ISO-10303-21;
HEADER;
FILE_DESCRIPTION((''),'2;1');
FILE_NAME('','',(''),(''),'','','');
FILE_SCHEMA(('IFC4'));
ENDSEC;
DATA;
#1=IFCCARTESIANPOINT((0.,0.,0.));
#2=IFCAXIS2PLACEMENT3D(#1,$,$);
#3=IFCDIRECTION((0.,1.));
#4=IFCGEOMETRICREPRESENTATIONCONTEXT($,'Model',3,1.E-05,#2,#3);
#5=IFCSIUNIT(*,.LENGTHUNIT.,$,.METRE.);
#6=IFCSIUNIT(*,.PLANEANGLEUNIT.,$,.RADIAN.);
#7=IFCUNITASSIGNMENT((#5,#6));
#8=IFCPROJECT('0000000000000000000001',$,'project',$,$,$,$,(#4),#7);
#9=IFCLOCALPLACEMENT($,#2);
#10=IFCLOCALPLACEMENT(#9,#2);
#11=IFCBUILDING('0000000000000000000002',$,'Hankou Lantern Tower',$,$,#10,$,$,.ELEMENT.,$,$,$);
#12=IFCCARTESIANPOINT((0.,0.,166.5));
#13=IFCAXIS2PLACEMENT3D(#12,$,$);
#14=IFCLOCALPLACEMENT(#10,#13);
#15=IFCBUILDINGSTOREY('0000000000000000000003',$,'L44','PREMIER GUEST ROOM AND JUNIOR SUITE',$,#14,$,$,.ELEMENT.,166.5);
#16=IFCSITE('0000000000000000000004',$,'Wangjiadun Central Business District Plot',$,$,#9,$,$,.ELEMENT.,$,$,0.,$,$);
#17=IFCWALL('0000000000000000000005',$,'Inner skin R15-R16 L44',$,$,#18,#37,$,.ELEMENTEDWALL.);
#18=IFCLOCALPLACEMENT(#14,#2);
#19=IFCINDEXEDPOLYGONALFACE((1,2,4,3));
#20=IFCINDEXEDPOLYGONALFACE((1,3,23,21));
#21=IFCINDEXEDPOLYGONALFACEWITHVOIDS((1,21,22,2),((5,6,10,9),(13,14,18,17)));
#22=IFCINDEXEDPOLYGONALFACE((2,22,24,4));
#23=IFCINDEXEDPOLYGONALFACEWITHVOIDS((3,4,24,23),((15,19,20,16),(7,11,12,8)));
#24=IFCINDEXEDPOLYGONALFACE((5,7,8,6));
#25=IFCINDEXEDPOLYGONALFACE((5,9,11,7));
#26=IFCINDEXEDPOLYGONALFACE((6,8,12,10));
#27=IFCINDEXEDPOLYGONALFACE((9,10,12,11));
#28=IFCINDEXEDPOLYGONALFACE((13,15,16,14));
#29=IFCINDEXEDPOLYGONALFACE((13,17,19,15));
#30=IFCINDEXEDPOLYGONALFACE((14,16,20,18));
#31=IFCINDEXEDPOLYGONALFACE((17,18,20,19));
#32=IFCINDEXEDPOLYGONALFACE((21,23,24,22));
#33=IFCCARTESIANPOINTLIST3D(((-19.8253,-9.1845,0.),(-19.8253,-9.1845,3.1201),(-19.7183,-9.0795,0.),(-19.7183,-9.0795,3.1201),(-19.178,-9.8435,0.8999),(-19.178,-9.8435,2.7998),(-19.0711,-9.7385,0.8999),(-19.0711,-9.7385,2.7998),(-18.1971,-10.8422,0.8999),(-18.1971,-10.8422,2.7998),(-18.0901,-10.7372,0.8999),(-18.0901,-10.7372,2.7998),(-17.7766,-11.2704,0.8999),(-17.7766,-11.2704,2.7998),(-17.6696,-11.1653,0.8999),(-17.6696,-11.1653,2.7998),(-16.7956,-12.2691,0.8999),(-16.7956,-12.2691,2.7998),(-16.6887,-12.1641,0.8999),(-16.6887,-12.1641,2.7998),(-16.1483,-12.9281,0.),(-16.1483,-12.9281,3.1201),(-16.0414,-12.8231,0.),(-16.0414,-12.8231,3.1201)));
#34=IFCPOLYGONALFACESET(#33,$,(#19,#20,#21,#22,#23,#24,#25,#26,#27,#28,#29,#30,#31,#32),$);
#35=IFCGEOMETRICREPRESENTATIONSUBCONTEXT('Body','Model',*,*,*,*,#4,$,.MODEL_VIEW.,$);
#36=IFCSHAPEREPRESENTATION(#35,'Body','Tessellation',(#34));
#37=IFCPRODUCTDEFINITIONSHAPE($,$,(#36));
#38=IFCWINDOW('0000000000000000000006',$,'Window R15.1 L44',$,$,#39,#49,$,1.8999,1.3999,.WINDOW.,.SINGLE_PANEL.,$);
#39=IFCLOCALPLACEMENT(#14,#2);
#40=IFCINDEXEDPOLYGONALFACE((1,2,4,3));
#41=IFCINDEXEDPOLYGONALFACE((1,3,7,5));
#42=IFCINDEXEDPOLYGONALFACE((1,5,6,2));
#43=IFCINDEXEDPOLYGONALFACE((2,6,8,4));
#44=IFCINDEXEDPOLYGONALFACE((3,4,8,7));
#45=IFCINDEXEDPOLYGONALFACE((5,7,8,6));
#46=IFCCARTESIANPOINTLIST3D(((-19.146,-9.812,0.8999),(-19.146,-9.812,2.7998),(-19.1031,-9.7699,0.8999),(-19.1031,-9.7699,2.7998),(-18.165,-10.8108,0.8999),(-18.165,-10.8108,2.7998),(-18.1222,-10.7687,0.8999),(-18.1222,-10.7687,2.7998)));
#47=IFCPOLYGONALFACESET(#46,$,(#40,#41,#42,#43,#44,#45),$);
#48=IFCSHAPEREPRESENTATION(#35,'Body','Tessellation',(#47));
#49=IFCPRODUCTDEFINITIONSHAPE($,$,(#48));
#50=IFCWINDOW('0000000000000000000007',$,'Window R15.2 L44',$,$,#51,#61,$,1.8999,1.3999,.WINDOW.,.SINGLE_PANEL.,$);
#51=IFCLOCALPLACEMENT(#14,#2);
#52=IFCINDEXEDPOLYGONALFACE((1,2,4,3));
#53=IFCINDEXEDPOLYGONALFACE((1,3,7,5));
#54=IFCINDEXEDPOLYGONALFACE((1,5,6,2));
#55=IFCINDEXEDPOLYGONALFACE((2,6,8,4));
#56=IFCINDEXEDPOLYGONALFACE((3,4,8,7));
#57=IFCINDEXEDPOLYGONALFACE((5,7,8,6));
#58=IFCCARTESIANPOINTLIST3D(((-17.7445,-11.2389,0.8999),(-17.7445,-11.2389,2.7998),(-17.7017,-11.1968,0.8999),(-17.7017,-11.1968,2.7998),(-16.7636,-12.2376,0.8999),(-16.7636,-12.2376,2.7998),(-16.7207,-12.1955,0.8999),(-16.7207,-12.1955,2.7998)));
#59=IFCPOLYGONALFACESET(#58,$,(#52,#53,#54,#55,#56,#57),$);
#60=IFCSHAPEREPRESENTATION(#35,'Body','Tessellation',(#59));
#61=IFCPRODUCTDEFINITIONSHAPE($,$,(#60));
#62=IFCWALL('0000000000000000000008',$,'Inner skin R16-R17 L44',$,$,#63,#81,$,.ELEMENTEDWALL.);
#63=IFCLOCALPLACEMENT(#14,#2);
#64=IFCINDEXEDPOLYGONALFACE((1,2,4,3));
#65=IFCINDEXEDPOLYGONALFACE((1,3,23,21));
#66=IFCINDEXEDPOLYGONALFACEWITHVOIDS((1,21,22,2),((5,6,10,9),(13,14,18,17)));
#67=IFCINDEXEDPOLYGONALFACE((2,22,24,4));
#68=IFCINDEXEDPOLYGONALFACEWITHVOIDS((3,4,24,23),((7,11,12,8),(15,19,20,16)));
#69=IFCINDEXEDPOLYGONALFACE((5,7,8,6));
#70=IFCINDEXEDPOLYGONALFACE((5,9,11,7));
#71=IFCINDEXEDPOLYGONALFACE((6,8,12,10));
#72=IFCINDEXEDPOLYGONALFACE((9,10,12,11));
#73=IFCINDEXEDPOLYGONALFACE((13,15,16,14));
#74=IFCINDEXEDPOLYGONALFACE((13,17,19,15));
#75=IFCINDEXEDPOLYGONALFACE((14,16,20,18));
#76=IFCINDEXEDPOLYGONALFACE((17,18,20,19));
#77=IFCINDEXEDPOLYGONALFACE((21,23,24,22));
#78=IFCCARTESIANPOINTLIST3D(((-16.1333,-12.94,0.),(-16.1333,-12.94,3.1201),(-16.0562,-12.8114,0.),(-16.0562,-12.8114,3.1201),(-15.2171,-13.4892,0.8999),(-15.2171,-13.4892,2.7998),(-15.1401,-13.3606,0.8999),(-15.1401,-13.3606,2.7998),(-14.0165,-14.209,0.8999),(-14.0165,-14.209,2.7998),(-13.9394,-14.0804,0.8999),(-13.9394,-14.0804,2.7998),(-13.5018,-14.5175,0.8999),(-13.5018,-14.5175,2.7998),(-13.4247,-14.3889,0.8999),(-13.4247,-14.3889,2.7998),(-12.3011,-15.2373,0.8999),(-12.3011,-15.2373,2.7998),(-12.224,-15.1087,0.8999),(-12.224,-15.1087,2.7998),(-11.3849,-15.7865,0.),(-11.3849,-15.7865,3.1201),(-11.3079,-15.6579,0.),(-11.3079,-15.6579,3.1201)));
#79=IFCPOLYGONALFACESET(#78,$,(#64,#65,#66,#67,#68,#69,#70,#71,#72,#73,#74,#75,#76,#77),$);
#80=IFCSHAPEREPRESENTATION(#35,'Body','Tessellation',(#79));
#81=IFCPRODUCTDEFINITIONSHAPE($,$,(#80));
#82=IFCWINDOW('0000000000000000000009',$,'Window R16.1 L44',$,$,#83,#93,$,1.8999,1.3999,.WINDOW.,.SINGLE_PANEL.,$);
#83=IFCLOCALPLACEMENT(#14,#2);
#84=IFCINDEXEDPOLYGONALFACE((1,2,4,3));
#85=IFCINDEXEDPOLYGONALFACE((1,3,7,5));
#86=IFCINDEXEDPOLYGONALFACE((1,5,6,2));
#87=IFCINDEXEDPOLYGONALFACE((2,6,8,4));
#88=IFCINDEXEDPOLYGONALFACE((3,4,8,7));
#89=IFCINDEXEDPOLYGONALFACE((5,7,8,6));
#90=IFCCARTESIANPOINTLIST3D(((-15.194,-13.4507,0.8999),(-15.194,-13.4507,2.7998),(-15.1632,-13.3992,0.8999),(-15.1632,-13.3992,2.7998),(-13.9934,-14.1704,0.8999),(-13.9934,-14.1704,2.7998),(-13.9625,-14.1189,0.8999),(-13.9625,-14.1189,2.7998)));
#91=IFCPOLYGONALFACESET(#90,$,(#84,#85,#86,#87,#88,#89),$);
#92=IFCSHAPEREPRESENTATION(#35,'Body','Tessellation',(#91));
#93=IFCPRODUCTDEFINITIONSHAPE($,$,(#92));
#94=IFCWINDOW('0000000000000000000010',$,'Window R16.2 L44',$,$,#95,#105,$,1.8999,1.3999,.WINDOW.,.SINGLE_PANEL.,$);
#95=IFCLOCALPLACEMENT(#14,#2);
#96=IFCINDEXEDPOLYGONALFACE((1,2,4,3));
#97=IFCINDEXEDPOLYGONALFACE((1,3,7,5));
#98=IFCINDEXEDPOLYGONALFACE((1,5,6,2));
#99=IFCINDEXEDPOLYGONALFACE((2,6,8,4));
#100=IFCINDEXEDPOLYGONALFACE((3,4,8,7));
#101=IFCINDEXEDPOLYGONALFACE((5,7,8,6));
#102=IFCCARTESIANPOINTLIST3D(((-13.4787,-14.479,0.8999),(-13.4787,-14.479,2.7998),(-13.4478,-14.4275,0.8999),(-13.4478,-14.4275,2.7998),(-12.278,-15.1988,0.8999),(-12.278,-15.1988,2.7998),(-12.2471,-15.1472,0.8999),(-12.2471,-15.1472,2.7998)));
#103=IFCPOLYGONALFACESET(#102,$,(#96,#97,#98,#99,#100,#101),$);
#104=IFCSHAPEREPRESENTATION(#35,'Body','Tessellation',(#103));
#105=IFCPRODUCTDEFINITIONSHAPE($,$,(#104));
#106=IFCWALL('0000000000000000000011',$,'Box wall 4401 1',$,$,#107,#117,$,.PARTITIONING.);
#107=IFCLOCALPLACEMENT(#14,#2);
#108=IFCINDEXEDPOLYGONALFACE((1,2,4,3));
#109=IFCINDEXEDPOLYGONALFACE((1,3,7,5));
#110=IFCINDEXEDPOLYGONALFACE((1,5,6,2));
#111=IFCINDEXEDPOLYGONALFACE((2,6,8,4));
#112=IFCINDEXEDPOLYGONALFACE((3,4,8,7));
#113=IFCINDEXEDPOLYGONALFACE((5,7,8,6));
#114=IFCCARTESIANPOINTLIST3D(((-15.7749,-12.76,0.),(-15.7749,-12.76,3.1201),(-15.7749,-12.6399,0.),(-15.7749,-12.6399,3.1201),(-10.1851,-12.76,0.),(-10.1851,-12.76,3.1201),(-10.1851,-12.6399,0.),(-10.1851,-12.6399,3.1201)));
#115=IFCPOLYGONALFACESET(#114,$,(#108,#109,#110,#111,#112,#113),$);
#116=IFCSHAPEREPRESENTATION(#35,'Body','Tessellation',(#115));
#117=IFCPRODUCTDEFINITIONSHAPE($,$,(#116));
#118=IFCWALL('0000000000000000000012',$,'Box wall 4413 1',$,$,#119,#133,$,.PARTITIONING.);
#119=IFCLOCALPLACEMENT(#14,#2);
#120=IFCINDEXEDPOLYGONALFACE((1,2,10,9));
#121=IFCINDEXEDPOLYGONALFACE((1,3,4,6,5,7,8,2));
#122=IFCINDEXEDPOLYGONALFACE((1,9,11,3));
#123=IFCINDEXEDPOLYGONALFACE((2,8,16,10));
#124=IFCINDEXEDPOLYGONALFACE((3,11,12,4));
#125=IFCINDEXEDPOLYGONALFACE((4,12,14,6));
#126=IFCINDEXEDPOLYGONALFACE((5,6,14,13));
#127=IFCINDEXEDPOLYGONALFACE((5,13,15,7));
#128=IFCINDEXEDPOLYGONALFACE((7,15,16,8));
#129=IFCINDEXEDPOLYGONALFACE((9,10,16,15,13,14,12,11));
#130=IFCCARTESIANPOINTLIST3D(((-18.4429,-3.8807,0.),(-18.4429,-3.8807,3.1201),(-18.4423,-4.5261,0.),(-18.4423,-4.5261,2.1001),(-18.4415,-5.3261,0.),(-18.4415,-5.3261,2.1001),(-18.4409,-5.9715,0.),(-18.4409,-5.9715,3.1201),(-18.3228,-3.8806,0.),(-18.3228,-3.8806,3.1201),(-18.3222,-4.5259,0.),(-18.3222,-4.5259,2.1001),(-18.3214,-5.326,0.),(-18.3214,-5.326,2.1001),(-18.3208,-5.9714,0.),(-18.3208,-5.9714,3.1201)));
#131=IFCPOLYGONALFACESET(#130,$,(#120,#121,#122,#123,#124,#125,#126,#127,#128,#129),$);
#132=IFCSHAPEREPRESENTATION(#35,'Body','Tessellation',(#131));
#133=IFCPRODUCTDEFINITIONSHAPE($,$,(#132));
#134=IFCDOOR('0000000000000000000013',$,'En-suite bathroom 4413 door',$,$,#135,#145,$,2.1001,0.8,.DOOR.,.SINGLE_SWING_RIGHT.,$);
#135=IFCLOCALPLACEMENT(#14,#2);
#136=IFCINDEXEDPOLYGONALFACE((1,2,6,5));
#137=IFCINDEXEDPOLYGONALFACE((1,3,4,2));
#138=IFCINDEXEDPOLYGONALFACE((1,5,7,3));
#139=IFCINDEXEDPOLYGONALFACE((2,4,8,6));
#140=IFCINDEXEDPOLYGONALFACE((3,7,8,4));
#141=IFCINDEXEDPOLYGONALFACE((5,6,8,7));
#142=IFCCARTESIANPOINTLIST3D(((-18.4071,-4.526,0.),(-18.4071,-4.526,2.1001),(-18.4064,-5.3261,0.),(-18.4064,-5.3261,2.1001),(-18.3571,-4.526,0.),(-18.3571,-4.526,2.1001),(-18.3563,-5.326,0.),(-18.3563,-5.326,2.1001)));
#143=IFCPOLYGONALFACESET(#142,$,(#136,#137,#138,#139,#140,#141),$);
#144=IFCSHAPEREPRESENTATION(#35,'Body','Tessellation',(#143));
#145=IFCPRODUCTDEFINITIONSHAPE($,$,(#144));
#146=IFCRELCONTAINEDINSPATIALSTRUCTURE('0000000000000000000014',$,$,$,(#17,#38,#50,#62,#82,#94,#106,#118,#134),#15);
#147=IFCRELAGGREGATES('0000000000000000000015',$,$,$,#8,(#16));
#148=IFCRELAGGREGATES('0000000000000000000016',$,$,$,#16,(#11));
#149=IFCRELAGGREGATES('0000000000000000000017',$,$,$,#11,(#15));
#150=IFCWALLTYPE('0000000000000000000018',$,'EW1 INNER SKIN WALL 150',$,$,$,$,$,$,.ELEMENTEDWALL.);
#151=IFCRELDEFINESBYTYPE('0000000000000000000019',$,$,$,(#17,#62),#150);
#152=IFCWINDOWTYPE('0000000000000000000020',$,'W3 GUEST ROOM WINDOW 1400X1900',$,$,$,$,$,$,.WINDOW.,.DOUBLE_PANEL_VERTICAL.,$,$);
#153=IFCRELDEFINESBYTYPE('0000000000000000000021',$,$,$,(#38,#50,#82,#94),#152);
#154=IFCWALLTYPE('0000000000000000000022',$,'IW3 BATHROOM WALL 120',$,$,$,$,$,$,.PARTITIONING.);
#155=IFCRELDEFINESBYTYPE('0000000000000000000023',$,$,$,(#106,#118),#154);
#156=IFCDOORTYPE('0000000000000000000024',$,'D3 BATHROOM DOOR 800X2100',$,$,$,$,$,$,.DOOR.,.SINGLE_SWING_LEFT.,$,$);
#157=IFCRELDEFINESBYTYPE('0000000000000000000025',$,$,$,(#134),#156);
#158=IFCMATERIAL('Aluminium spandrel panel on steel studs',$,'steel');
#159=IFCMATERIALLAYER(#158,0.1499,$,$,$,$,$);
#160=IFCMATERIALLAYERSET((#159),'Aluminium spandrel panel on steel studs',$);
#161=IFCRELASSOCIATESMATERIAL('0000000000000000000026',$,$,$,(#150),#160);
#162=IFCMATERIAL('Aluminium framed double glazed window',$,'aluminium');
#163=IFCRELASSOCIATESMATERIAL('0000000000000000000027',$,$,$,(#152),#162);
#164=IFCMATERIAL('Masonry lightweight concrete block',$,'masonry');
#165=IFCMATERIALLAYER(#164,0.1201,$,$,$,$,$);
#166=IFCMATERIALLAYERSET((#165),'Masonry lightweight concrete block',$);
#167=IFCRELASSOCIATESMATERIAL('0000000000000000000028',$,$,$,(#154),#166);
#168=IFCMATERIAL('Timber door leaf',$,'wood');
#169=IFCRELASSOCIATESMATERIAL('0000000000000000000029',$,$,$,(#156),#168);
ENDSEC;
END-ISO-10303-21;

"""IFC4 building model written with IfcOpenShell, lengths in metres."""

from ifc_helpers import new_model, si_unit, direction, frame, frame_2d, origin, place, context, subcontext, project, spatial, rectangle, extrude, material, layer, layer_set, type_object, element, fill, save


model = new_model("IFC4")

# Units and contexts
model_context = context("Model", 3, precision=1e-05, world=origin(), true_north=direction((0.0, 1.0)))
body_context = subcontext(model_context, "Body", "Model", "MODEL_VIEW")
ifc_project = project(units=[si_unit("LENGTHUNIT", "METRE"), si_unit("PLANEANGLEUNIT", "RADIAN")], contexts=[model_context])

# Site, building, storey
site_placement = place(None, origin())
site = spatial("IfcSite", under=ifc_project, at=site_placement, Name="Wangjiadun Central Business District Plot", CompositionType="ELEMENT", RefElevation=0.0)
building_placement = place(site_placement, origin())
building = spatial("IfcBuilding", under=site, at=building_placement, Name="Hankou Lantern Tower", CompositionType="ELEMENT")
storey_placement = place(building_placement, frame((0.0, 0.0, 166.5)))
storey = spatial("IfcBuildingStorey", under=building, at=storey_placement, Name="L44", Description="PREMIER GUEST ROOM AND JUNIOR SUITE", CompositionType="ELEMENT", Elevation=166.5)

# Walls, openings, windows
ifc_material_1 = material(Name="Aluminium spandrel panel on steel studs", Category="steel")
ifc_layer_1 = layer(ifc_material_1, 0.1499)
ifc_layer_set_1 = layer_set([ifc_layer_1], Name="Aluminium spandrel panel on steel studs")
wall_type_1 = type_object("IfcWallType", Name="EW1 INNER SKIN WALL 150", PredefinedType="ELEMENTEDWALL", material=ifc_layer_set_1)
wall_1_placement = place(storey_placement, frame((-19.7717, -9.1321, 0.0), z_axis=(0.0, 0.0, 1.0), x_axis=(0.700727, -0.713429, 0.0)))
wall_1 = element("IfcWall", 1, at=wall_1_placement, inside=storey, type_object=wall_type_1, Name="Inner skin R15-R16 L44", PredefinedType="ELEMENTEDWALL", context=body_context, shape_type="SweptSolid", body=[
    extrude(rectangle(XDim=5.2473, YDim=0.1499, at=frame_2d((2.6235, 0.0))), origin(), (0.0, 0.0, 1.0), 3.1201),
])
opening_1_placement = place(wall_1_placement, frame((0.9236, 0.0, 0.8999)))
opening_1 = element("IfcOpeningElement", 2, at=opening_1_placement, cuts=wall_1, PredefinedType="OPENING", context=body_context, shape_type="SweptSolid", body=[
    extrude(rectangle(XDim=1.3999, YDim=1.8999, at=frame_2d((0.7, 0.95))), frame((0.0, 0.085, 0.0), z_axis=(0.0, -1.0, 0.0), x_axis=(1.0, 0.0, 0.0)), (0.0, 0.0, 1.0), 0.1699),
])
opening_2_placement = place(wall_1_placement, frame((2.9236, 0.0, 0.8999)))
opening_2 = element("IfcOpeningElement", 3, at=opening_2_placement, cuts=wall_1, PredefinedType="OPENING", context=body_context, shape_type="SweptSolid", body=[
    extrude(rectangle(XDim=1.3999, YDim=1.8999, at=frame_2d((0.7, 0.95))), frame((0.0, 0.085, 0.0), z_axis=(0.0, -1.0, 0.0), x_axis=(1.0, 0.0, 0.0)), (0.0, 0.0, 1.0), 0.1699),
])
ifc_material_2 = material(Name="Aluminium framed double glazed window", Category="aluminium")
window_type = type_object("IfcWindowType", Name="W3 GUEST ROOM WINDOW 1400X1900", PartitioningType="DOUBLE_PANEL_VERTICAL", PredefinedType="WINDOW", material=ifc_material_2)
window_1_placement = place(opening_1_placement, origin())
window_1 = element("IfcWindow", 4, at=window_1_placement, inside=storey, type_object=window_type, Name="Window R15.1 L44", OverallHeight=1.8999, OverallWidth=1.3999, PartitioningType="SINGLE_PANEL", PredefinedType="WINDOW", context=body_context, shape_type="SweptSolid", body=[
    extrude(rectangle(XDim=1.3999, YDim=1.8999, at=frame_2d((0.7, 0.95))), frame((0.0, 0.03, 0.0), z_axis=(0.0, -1.0, 0.0), x_axis=(1.0, 0.0, 0.0)), (0.0, 0.0, 1.0), 0.0601),
])
fill(opening_1, window_1)
window_2_placement = place(opening_2_placement, origin())
window_2 = element("IfcWindow", 5, at=window_2_placement, inside=storey, type_object=window_type, Name="Window R15.2 L44", OverallHeight=1.8999, OverallWidth=1.3999, PartitioningType="SINGLE_PANEL", PredefinedType="WINDOW", context=body_context, shape_type="SweptSolid", body=[
    extrude(rectangle(XDim=1.3999, YDim=1.8999, at=frame_2d((0.7, 0.95))), frame((0.0, 0.03, 0.0), z_axis=(0.0, -1.0, 0.0), x_axis=(1.0, 0.0, 0.0)), (0.0, 0.0, 1.0), 0.0601),
])
fill(opening_2, window_2)
wall_2_placement = place(storey_placement, frame((-16.0947, -12.8757, 0.0), z_axis=(0.0, 0.0, 1.0), x_axis=(0.857695, -0.514158, 0.0)))
wall_2 = element("IfcWall", 6, at=wall_2_placement, inside=storey, type_object=wall_type_1, Name="Inner skin R16-R17 L44", PredefinedType="ELEMENTEDWALL", context=body_context, shape_type="SweptSolid", body=[
    extrude(rectangle(XDim=5.5361, YDim=0.1499, at=frame_2d((2.7681, 0.0))), origin(), (0.0, 0.0, 1.0), 3.1201),
])
opening_3_placement = place(wall_2_placement, frame((1.0681, 0.0, 0.8999)))
opening_3 = element("IfcOpeningElement", 7, at=opening_3_placement, cuts=wall_2, PredefinedType="OPENING", context=body_context, shape_type="SweptSolid", body=[
    extrude(rectangle(XDim=1.3999, YDim=1.8999, at=frame_2d((0.7, 0.95))), frame((0.0, 0.085, 0.0), z_axis=(0.0, -1.0, 0.0), x_axis=(1.0, 0.0, 0.0)), (0.0, 0.0, 1.0), 0.1699),
])
opening_4_placement = place(wall_2_placement, frame((3.0681, 0.0, 0.8999)))
opening_4 = element("IfcOpeningElement", 8, at=opening_4_placement, cuts=wall_2, PredefinedType="OPENING", context=body_context, shape_type="SweptSolid", body=[
    extrude(rectangle(XDim=1.3999, YDim=1.8999, at=frame_2d((0.7, 0.95))), frame((0.0, 0.085, 0.0), z_axis=(0.0, -1.0, 0.0), x_axis=(1.0, 0.0, 0.0)), (0.0, 0.0, 1.0), 0.1699),
])
window_3_placement = place(opening_3_placement, origin())
window_3 = element("IfcWindow", 9, at=window_3_placement, inside=storey, type_object=window_type, Name="Window R16.1 L44", OverallHeight=1.8999, OverallWidth=1.3999, PartitioningType="SINGLE_PANEL", PredefinedType="WINDOW", context=body_context, shape_type="SweptSolid", body=[
    extrude(rectangle(XDim=1.3999, YDim=1.8999, at=frame_2d((0.7, 0.95))), frame((0.0, 0.03, 0.0), z_axis=(0.0, -1.0, 0.0), x_axis=(1.0, 0.0, 0.0)), (0.0, 0.0, 1.0), 0.0601),
])
fill(opening_3, window_3)
window_4_placement = place(opening_4_placement, origin())
window_4 = element("IfcWindow", 10, at=window_4_placement, inside=storey, type_object=window_type, Name="Window R16.2 L44", OverallHeight=1.8999, OverallWidth=1.3999, PartitioningType="SINGLE_PANEL", PredefinedType="WINDOW", context=body_context, shape_type="SweptSolid", body=[
    extrude(rectangle(XDim=1.3999, YDim=1.8999, at=frame_2d((0.7, 0.95))), frame((0.0, 0.03, 0.0), z_axis=(0.0, -1.0, 0.0), x_axis=(1.0, 0.0, 0.0)), (0.0, 0.0, 1.0), 0.0601),
])
fill(opening_4, window_4)

# Wall
ifc_material_3 = material(Name="Masonry lightweight concrete block", Category="masonry")
ifc_layer_2 = layer(ifc_material_3, 0.1201)
ifc_layer_set_2 = layer_set([ifc_layer_2], Name="Masonry lightweight concrete block")
wall_type_2 = type_object("IfcWallType", Name="IW3 BATHROOM WALL 120", PredefinedType="PARTITIONING", material=ifc_layer_set_2)
wall_3_placement = place(storey_placement, frame((-15.7749, -12.7, 0.0), z_axis=(0.0, 0.0, 1.0), x_axis=(1.0, 0.0, 0.0)))
element("IfcWall", 11, at=wall_3_placement, inside=storey, type_object=wall_type_2, Name="Box wall 4401 1", PredefinedType="PARTITIONING", context=body_context, shape_type="SweptSolid", body=[
    extrude(rectangle(XDim=5.5898, YDim=0.1201, at=frame_2d((2.7949, 0.0))), origin(), (0.0, 0.0, 1.0), 3.1201),
])

# Wall, opening, door
wall_4_placement = place(storey_placement, frame((-18.3809, -5.9714, 0.0), z_axis=(0.0, 0.0, 1.0), x_axis=(-0.000934, 1.0, 0.0)))
wall_4 = element("IfcWall", 12, at=wall_4_placement, inside=storey, type_object=wall_type_2, Name="Box wall 4413 1", PredefinedType="PARTITIONING", context=body_context, shape_type="SweptSolid", body=[
    extrude(rectangle(XDim=2.0908, YDim=0.1201, at=frame_2d((1.0454, 0.0))), origin(), (0.0, 0.0, 1.0), 3.1201),
])
opening_5_placement = place(wall_4_placement, frame((0.6455, 0.0, 0.0)))
opening_5 = element("IfcOpeningElement", 13, at=opening_5_placement, cuts=wall_4, PredefinedType="OPENING", context=body_context, shape_type="SweptSolid", body=[
    extrude(rectangle(XDim=0.8, YDim=2.1001, at=frame_2d((0.3999, 1.05))), frame((0.0, 0.0701, 0.0), z_axis=(0.0, -1.0, 0.0), x_axis=(1.0, 0.0, 0.0)), (0.0, 0.0, 1.0), 0.1401),
])
ifc_material_4 = material(Name="Timber door leaf", Category="wood")
door_type = type_object("IfcDoorType", Name="D3 BATHROOM DOOR 800X2100", OperationType="SINGLE_SWING_LEFT", PredefinedType="DOOR", material=ifc_material_4)
door_1_placement = place(opening_5_placement, origin())
door_1 = element("IfcDoor", 14, at=door_1_placement, inside=storey, type_object=door_type, Name="En-suite bathroom 4413 door", OperationType="SINGLE_SWING_RIGHT", OverallHeight=2.1001, OverallWidth=0.8, PredefinedType="DOOR", context=body_context, shape_type="SweptSolid", body=[
    extrude(rectangle(XDim=0.8, YDim=2.1001, at=frame_2d((0.3999, 1.05))), frame((0.0, 0.0249, 0.0), z_axis=(0.0, -1.0, 0.0), x_axis=(1.0, 0.0, 0.0)), (0.0, 0.0, 1.0), 0.05),
])
fill(opening_5, door_1)

save(model, "model.ifc")
